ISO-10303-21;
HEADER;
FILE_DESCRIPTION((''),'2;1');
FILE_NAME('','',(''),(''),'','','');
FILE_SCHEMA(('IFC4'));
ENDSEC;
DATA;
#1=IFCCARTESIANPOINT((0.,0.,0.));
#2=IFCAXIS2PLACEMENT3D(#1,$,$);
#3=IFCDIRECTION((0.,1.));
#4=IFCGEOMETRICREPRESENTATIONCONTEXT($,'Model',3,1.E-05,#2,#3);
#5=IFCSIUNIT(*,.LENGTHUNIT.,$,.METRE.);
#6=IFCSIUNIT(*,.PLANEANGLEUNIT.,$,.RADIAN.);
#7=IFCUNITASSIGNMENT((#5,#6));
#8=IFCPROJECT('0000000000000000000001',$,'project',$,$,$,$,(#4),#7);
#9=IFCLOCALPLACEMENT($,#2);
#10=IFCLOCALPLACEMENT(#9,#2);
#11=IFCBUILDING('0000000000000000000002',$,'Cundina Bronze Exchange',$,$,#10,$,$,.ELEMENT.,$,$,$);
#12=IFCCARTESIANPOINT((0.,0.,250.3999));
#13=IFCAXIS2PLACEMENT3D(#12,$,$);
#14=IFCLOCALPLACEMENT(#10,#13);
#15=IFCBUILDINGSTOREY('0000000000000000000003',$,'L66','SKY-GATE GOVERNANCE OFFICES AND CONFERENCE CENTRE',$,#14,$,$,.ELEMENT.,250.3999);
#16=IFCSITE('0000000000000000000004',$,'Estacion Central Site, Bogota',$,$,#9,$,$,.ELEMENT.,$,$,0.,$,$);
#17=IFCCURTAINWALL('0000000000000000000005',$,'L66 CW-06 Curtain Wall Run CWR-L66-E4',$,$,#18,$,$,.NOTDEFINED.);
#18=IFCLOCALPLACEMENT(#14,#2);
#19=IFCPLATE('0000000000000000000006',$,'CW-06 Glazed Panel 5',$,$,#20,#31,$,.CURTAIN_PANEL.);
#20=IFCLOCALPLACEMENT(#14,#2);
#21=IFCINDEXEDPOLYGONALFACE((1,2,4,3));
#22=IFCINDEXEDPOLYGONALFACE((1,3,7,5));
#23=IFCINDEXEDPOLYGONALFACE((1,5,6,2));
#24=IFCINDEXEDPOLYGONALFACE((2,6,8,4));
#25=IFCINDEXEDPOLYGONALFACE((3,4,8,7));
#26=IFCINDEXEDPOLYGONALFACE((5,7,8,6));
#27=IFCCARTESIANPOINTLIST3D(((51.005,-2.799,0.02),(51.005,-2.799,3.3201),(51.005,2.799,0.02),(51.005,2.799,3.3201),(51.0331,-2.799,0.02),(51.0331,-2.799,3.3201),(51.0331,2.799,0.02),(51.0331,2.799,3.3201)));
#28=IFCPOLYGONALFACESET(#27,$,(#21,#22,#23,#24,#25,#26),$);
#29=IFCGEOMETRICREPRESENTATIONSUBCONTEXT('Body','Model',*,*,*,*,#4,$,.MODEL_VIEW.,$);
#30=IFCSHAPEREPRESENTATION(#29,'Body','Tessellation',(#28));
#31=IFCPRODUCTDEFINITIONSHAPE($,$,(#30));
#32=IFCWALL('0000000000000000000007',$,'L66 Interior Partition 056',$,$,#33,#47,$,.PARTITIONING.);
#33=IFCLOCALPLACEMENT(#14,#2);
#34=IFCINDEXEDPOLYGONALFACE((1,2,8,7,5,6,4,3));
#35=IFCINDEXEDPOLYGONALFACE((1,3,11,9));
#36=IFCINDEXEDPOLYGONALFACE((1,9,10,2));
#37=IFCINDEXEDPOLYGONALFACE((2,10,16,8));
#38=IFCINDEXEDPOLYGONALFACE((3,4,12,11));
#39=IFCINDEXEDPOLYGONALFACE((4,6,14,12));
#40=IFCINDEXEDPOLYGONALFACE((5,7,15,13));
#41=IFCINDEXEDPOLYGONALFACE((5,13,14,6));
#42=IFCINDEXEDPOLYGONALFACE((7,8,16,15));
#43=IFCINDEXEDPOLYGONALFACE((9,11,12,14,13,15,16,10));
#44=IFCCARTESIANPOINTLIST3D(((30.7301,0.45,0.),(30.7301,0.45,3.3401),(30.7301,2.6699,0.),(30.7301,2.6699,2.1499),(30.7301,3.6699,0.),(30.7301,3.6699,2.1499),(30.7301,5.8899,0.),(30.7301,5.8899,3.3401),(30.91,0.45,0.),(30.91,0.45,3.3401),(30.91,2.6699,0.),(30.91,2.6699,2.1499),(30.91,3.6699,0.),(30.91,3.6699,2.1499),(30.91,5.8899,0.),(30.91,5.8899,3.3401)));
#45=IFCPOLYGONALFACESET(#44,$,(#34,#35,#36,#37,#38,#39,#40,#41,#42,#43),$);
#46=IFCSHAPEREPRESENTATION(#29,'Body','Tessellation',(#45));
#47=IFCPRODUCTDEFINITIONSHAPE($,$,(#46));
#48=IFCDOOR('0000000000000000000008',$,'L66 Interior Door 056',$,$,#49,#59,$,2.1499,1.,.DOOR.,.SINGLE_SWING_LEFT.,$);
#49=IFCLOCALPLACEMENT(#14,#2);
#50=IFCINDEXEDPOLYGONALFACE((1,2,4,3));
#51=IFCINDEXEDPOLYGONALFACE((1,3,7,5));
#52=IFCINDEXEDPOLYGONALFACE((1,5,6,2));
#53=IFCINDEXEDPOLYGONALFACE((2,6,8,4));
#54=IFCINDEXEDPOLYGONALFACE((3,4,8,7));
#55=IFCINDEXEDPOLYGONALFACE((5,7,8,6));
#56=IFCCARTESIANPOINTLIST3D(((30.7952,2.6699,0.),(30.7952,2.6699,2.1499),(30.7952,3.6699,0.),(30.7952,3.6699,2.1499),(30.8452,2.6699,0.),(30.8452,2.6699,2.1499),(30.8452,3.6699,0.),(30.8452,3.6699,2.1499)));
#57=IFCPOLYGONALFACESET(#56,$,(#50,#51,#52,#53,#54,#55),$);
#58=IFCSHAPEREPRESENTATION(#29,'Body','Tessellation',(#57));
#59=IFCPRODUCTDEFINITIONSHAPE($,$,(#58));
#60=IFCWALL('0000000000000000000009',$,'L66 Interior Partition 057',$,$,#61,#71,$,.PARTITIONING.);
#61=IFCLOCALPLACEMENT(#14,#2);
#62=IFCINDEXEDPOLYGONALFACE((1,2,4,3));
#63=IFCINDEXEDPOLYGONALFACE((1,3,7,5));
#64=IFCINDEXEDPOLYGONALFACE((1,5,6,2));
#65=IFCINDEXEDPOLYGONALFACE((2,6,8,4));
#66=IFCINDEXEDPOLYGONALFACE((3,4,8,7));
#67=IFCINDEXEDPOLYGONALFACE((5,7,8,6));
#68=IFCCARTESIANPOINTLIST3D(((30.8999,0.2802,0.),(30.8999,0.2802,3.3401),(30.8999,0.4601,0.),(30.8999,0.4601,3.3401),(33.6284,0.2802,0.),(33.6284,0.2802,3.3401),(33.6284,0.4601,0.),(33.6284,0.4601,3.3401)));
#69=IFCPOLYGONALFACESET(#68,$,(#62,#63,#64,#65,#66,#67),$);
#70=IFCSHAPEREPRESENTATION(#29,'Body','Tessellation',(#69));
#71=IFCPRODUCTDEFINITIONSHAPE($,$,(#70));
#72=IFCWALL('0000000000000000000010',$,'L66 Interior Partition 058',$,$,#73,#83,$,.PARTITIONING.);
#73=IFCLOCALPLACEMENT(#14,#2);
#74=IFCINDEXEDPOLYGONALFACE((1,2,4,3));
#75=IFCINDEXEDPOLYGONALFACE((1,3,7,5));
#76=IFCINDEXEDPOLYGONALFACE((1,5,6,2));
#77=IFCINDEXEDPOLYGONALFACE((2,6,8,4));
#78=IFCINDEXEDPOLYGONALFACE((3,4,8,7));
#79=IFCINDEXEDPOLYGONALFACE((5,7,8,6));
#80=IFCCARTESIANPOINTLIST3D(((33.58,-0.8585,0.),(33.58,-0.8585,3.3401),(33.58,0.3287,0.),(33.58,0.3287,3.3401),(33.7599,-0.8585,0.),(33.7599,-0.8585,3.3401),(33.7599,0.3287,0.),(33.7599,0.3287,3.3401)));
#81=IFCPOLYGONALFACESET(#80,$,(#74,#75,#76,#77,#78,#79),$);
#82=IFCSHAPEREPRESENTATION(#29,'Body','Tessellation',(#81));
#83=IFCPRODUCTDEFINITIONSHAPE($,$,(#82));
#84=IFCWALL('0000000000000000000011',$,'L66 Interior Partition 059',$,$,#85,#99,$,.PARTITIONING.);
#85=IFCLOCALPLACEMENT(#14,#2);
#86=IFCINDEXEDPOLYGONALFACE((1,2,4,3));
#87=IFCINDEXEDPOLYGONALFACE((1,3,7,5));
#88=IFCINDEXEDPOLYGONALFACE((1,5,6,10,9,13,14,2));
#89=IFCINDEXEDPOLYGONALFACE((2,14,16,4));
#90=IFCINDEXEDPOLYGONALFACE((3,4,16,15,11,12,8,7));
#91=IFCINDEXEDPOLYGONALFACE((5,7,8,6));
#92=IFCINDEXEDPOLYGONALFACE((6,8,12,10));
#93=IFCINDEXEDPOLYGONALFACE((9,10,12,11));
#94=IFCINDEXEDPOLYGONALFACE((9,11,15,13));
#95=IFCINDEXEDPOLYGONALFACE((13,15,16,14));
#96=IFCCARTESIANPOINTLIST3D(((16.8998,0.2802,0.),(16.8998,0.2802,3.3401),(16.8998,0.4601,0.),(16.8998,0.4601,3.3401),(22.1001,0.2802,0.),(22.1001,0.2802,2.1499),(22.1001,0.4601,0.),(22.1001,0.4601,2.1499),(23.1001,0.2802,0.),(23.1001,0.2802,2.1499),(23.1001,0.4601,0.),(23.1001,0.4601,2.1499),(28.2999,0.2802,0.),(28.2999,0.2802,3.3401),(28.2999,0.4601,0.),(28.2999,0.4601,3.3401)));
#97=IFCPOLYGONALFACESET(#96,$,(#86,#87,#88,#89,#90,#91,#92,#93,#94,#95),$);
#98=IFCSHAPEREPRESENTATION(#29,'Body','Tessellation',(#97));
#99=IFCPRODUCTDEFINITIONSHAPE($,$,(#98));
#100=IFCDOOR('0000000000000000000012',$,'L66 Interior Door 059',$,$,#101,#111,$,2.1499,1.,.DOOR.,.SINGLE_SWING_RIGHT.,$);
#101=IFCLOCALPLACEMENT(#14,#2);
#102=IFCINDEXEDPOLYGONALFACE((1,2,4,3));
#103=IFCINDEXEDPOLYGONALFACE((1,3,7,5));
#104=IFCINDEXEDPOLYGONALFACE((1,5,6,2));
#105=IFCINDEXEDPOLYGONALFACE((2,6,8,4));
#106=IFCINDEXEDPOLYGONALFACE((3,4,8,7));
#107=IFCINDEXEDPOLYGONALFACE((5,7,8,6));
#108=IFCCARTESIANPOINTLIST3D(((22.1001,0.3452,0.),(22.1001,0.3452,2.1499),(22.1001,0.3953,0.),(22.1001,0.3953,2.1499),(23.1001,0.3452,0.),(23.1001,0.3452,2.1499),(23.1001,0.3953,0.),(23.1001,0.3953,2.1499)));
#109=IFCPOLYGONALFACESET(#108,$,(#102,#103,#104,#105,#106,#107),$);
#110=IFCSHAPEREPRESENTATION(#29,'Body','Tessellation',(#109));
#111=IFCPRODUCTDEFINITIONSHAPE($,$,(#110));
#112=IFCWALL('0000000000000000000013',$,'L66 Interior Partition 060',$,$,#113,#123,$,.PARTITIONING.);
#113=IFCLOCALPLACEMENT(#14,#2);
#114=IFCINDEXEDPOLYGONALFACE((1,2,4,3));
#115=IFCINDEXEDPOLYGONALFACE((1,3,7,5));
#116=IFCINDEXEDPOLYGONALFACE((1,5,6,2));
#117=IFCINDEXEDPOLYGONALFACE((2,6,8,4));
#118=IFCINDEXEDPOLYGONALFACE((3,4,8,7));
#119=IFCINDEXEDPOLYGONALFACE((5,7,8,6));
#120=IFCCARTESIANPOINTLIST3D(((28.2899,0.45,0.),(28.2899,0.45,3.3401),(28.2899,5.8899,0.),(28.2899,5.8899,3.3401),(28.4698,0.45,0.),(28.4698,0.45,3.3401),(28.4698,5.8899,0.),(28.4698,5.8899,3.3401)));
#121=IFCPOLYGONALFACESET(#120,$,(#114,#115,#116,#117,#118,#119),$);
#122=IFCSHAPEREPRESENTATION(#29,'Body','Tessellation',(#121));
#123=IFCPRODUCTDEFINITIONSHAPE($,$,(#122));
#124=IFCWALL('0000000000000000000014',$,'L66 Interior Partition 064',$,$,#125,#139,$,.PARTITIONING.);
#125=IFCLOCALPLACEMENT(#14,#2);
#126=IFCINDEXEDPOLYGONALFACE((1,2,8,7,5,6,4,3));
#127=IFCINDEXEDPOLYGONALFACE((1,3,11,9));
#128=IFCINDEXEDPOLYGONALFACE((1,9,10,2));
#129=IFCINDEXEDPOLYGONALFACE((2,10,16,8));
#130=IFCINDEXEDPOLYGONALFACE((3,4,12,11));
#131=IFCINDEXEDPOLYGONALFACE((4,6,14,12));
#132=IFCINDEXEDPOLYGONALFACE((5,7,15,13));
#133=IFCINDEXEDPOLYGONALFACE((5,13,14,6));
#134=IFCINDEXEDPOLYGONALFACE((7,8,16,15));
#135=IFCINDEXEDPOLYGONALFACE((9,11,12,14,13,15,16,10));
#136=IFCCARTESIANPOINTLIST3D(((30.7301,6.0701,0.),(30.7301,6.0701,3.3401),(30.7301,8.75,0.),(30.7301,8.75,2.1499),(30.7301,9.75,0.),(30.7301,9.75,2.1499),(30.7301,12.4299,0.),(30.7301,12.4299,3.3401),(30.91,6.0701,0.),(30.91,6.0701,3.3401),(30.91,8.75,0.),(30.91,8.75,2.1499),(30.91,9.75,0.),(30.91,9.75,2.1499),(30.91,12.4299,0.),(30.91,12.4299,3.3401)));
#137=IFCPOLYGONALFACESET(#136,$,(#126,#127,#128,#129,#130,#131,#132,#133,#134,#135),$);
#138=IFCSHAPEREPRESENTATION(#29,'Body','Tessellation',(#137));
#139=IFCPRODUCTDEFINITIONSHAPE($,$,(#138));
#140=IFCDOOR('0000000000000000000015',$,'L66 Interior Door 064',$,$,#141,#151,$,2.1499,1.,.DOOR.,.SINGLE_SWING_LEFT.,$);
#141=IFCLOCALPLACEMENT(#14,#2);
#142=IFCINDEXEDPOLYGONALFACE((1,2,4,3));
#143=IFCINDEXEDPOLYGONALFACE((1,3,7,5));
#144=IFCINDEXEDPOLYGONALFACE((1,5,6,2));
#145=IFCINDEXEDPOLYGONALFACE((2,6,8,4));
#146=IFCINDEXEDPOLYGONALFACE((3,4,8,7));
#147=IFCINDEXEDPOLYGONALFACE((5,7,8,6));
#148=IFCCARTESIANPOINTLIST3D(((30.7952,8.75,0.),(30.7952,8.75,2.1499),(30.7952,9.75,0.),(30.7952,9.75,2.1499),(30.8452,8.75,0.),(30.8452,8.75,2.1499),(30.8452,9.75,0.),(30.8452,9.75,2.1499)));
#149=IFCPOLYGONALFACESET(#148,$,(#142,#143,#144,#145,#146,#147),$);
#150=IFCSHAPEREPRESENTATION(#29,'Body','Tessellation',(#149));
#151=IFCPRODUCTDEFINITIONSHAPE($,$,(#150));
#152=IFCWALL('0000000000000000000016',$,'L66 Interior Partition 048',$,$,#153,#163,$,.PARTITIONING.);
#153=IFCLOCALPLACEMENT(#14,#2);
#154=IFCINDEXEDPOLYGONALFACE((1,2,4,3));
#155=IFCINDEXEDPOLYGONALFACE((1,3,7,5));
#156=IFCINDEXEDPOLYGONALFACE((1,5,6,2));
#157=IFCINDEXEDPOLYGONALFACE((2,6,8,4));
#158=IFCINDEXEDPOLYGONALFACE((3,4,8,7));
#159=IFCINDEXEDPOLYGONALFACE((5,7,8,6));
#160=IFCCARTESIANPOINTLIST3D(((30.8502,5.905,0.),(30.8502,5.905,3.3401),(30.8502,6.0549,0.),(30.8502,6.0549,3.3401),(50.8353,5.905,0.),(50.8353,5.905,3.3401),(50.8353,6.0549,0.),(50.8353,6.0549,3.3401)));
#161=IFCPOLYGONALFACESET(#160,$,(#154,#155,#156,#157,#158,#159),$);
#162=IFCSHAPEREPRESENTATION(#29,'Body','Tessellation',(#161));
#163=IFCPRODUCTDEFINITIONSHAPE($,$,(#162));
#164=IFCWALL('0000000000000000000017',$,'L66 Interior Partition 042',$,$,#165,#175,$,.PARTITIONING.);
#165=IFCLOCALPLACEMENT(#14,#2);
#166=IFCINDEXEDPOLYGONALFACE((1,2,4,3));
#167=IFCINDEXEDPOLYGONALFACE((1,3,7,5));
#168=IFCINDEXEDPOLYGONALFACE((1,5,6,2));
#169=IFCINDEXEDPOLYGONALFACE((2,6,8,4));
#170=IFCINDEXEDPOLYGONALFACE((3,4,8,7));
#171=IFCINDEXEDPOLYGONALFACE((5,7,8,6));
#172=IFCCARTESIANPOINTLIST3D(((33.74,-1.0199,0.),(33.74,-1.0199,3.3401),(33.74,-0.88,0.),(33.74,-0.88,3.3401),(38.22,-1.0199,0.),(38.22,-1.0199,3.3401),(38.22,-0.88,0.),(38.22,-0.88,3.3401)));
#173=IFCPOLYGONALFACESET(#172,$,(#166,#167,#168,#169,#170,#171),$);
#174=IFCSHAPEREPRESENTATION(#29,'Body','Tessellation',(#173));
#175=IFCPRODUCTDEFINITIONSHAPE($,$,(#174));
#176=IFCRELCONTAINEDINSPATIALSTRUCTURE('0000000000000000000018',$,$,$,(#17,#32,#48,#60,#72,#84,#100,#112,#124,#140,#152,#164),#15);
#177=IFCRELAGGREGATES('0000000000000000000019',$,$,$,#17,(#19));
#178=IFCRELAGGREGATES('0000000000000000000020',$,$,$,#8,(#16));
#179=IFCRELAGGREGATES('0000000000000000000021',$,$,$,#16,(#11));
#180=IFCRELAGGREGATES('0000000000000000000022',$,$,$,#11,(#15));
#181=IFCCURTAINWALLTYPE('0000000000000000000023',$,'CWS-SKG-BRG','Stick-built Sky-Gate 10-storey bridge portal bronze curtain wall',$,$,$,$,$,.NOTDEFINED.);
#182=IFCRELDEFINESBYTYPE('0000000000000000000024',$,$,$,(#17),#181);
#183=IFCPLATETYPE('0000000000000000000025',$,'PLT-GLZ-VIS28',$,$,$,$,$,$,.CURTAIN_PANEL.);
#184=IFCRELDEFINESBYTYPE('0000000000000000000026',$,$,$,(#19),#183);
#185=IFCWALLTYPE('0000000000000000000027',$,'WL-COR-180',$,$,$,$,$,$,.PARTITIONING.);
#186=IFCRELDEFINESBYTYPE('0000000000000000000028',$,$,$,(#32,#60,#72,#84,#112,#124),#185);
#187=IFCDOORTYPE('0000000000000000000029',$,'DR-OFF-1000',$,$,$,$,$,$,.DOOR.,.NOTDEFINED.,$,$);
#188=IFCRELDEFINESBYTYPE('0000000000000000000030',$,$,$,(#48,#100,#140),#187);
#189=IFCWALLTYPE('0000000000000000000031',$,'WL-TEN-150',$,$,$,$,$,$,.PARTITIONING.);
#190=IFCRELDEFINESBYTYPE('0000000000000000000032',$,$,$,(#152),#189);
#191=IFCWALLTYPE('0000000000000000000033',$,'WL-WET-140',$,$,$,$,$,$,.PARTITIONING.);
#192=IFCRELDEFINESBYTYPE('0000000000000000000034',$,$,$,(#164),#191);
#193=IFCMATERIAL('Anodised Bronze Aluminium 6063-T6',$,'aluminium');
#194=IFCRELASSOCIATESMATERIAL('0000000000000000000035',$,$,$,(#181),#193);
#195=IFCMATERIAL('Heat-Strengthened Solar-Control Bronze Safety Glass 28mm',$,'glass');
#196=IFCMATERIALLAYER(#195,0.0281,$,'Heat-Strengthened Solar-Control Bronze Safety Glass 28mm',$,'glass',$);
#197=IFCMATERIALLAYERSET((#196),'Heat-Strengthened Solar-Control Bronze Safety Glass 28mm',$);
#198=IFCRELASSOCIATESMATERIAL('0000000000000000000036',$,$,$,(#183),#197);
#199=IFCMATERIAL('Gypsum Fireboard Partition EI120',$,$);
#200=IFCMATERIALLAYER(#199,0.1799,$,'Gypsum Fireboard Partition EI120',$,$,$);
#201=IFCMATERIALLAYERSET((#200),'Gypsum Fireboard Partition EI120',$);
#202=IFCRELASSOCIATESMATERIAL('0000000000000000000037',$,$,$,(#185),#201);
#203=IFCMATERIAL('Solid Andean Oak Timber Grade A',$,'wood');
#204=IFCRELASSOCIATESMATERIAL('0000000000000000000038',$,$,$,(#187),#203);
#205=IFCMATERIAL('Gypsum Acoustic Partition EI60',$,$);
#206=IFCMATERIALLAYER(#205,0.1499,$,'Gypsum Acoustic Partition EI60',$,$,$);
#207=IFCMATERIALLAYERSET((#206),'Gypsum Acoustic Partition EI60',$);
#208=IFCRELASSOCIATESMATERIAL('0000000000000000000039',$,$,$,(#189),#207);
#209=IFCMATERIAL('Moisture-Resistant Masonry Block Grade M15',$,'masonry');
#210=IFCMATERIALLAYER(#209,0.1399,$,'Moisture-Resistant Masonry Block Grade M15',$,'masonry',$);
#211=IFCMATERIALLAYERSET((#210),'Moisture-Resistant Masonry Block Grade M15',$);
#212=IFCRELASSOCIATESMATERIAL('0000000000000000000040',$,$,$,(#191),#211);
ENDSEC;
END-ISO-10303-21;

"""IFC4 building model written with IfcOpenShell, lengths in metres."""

from ifc_helpers import new_model, si_unit, direction, frame, frame_2d, origin, origin_2d, place, context, subcontext, project, spatial, rectangle, extrude, material, layer, layer_set, type_object, element, fill, aggregate, save


model = new_model("IFC4")

# Units and contexts
model_context = context("Model", 3, precision=1e-05, world=origin(), true_north=direction((0.0, 1.0)))
body_context = subcontext(model_context, "Body", "Model", "MODEL_VIEW")
ifc_project = project(units=[si_unit("LENGTHUNIT", "METRE"), si_unit("PLANEANGLEUNIT", "RADIAN")], contexts=[model_context])

# Site, building, storey
site_placement = place(None, origin())
site = spatial("IfcSite", under=ifc_project, at=site_placement, Name="Estacion Central Site, Bogota", CompositionType="ELEMENT", RefElevation=0.0)
building_placement = place(site_placement, origin())
building = spatial("IfcBuilding", under=site, at=building_placement, Name="Cundina Bronze Exchange", CompositionType="ELEMENT")
storey_placement = place(building_placement, frame((0.0, 0.0, 250.3999)))
storey = spatial("IfcBuildingStorey", under=building, at=storey_placement, Name="L66", Description="SKY-GATE GOVERNANCE OFFICES AND CONFERENCE CENTRE", CompositionType="ELEMENT", Elevation=250.3999)

# Curtain wall
ifc_material_1 = material(Name="Anodised Bronze Aluminium 6063-T6", Category="aluminium")
curtain_wall_type = type_object("IfcCurtainWallType", Name="CWS-SKG-BRG", Description="Stick-built Sky-Gate 10-storey bridge portal bronze curtain wall", PredefinedType="NOTDEFINED", material=ifc_material_1)
curtain_wall_1_placement = place(storey_placement, origin())
curtain_wall_1 = element("IfcCurtainWall", 1, at=curtain_wall_1_placement, inside=storey, type_object=curtain_wall_type, Name="L66 CW-06 Curtain Wall Run CWR-L66-E4", PredefinedType="NOTDEFINED")

# Plate
ifc_material_2 = material(Name="Heat-Strengthened Solar-Control Bronze Safety Glass 28mm", Category="glass")
ifc_layer_1 = layer(ifc_material_2, 0.0281, Name="Heat-Strengthened Solar-Control Bronze Safety Glass 28mm", Category="glass")
ifc_layer_set_1 = layer_set([ifc_layer_1], Name="Heat-Strengthened Solar-Control Bronze Safety Glass 28mm")
plate_type = type_object("IfcPlateType", Name="PLT-GLZ-VIS28", PredefinedType="CURTAIN_PANEL", material=ifc_layer_set_1)
plate_1_placement = place(storey_placement, frame((51.019, 0.0, 0.02), z_axis=(0.0, 0.0, 1.0), x_axis=(0.0, 1.0, 0.0)))
plate_1 = element("IfcPlate", 2, at=plate_1_placement, type_object=plate_type, Name="CW-06 Glazed Panel 5", PredefinedType="CURTAIN_PANEL", context=body_context, shape_type="SweptSolid", body=[
    extrude(rectangle(XDim=5.5979, YDim=0.0281, at=origin_2d()), origin(), (0.0, 0.0, 1.0), 3.3),
])
aggregate(curtain_wall_1, [plate_1])

# Wall, opening, door
ifc_material_3 = material(Name="Gypsum Fireboard Partition EI120")
ifc_layer_2 = layer(ifc_material_3, 0.1799, Name="Gypsum Fireboard Partition EI120")
ifc_layer_set_2 = layer_set([ifc_layer_2], Name="Gypsum Fireboard Partition EI120")
wall_type_1 = type_object("IfcWallType", Name="WL-COR-180", PredefinedType="PARTITIONING", material=ifc_layer_set_2)
wall_1_placement = place(storey_placement, frame((30.8201, 0.45, 0.0), z_axis=(0.0, 0.0, 1.0), x_axis=(0.0, 1.0, 0.0)))
wall_1 = element("IfcWall", 3, at=wall_1_placement, inside=storey, type_object=wall_type_1, Name="L66 Interior Partition 056", PredefinedType="PARTITIONING", context=body_context, shape_type="SweptSolid", body=[
    extrude(rectangle(XDim=5.4399, YDim=0.1799, at=frame_2d((2.72, 0.0))), origin(), (0.0, 0.0, 1.0), 3.3401),
])
opening_1_placement = place(wall_1_placement, frame((2.22, 0.0, 0.0)))
opening_1 = element("IfcOpeningElement", 4, at=opening_1_placement, cuts=wall_1, PredefinedType="OPENING", context=body_context, shape_type="SweptSolid", body=[
    extrude(rectangle(XDim=1.0, YDim=2.1499, at=frame_2d((0.5, 1.075))), frame((0.0, 0.0999, 0.0), z_axis=(0.0, -1.0, 0.0), x_axis=(1.0, 0.0, 0.0)), (0.0, 0.0, 1.0), 0.2),
])
ifc_material_4 = material(Name="Solid Andean Oak Timber Grade A", Category="wood")
door_type = type_object("IfcDoorType", Name="DR-OFF-1000", OperationType="NOTDEFINED", PredefinedType="DOOR", material=ifc_material_4)
door_1_placement = place(opening_1_placement, origin())
door_1 = element("IfcDoor", 5, at=door_1_placement, inside=storey, type_object=door_type, Name="L66 Interior Door 056", OperationType="SINGLE_SWING_LEFT", OverallHeight=2.1499, OverallWidth=1.0, PredefinedType="DOOR", context=body_context, shape_type="SweptSolid", body=[
    extrude(rectangle(XDim=1.0, YDim=2.1499, at=frame_2d((0.5, 1.075))), frame((0.0, 0.0249, 0.0), z_axis=(0.0, -1.0, 0.0), x_axis=(1.0, 0.0, 0.0)), (0.0, 0.0, 1.0), 0.05),
])
fill(opening_1, door_1)

# Walls
wall_2_placement = place(storey_placement, frame((33.6284, 0.3701, 0.0), z_axis=(0.0, 0.0, 1.0), x_axis=(-1.0, 0.0, 0.0)))
element("IfcWall", 6, at=wall_2_placement, inside=storey, type_object=wall_type_1, Name="L66 Interior Partition 057", PredefinedType="PARTITIONING", context=body_context, shape_type="SweptSolid", body=[
    extrude(rectangle(XDim=2.7285, YDim=0.1799, at=frame_2d((1.3643, 0.0))), origin(), (0.0, 0.0, 1.0), 3.3401),
])
wall_3_placement = place(storey_placement, frame((33.6699, -0.8586, 0.0), z_axis=(0.0, 0.0, 1.0), x_axis=(0.0, 1.0, 0.0)))
element("IfcWall", 7, at=wall_3_placement, inside=storey, type_object=wall_type_1, Name="L66 Interior Partition 058", PredefinedType="PARTITIONING", context=body_context, shape_type="SweptSolid", body=[
    extrude(rectangle(XDim=1.1873, YDim=0.1799, at=frame_2d((0.5938, 0.0))), origin(), (0.0, 0.0, 1.0), 3.3401),
])

# Wall, opening, door
wall_4_placement = place(storey_placement, frame((28.3, 0.3701, 0.0), z_axis=(0.0, 0.0, 1.0), x_axis=(-1.0, 0.0, 0.0)))
wall_4 = element("IfcWall", 8, at=wall_4_placement, inside=storey, type_object=wall_type_1, Name="L66 Interior Partition 059", PredefinedType="PARTITIONING", context=body_context, shape_type="SweptSolid", body=[
    extrude(rectangle(XDim=11.4001, YDim=0.1799, at=frame_2d((5.7002, 0.0))), origin(), (0.0, 0.0, 1.0), 3.3401),
])
opening_2_placement = place(wall_4_placement, frame((5.2, 0.0, 0.0)))
opening_2 = element("IfcOpeningElement", 9, at=opening_2_placement, cuts=wall_4, PredefinedType="OPENING", context=body_context, shape_type="SweptSolid", body=[
    extrude(rectangle(XDim=1.0, YDim=2.1499, at=frame_2d((0.5, 1.075))), frame((0.0, 0.0999, 0.0), z_axis=(0.0, -1.0, 0.0), x_axis=(1.0, 0.0, 0.0)), (0.0, 0.0, 1.0), 0.2),
])
door_2_placement = place(opening_2_placement, origin())
door_2 = element("IfcDoor", 10, at=door_2_placement, inside=storey, type_object=door_type, Name="L66 Interior Door 059", OperationType="SINGLE_SWING_RIGHT", OverallHeight=2.1499, OverallWidth=1.0, PredefinedType="DOOR", context=body_context, shape_type="SweptSolid", body=[
    extrude(rectangle(XDim=1.0, YDim=2.1499, at=frame_2d((0.5, 1.075))), frame((0.0, 0.0249, 0.0), z_axis=(0.0, -1.0, 0.0), x_axis=(1.0, 0.0, 0.0)), (0.0, 0.0, 1.0), 0.05),
])
fill(opening_2, door_2)

# Wall
wall_5_placement = place(storey_placement, frame((28.3799, 5.8899, 0.0), z_axis=(0.0, 0.0, 1.0), x_axis=(0.0, -1.0, 0.0)))
element("IfcWall", 11, at=wall_5_placement, inside=storey, type_object=wall_type_1, Name="L66 Interior Partition 060", PredefinedType="PARTITIONING", context=body_context, shape_type="SweptSolid", body=[
    extrude(rectangle(XDim=5.4399, YDim=0.1799, at=frame_2d((2.72, 0.0))), origin(), (0.0, 0.0, 1.0), 3.3401),
])

# Wall, opening, door
wall_6_placement = place(storey_placement, frame((30.8201, 6.0701, 0.0), z_axis=(0.0, 0.0, 1.0), x_axis=(0.0, 1.0, 0.0)))
wall_6 = element("IfcWall", 12, at=wall_6_placement, inside=storey, type_object=wall_type_1, Name="L66 Interior Partition 064", PredefinedType="PARTITIONING", context=body_context, shape_type="SweptSolid", body=[
    extrude(rectangle(XDim=6.3599, YDim=0.1799, at=frame_2d((3.1799, 0.0))), origin(), (0.0, 0.0, 1.0), 3.3401),
])
opening_3_placement = place(wall_6_placement, frame((2.6799, 0.0, 0.0)))
opening_3 = element("IfcOpeningElement", 13, at=opening_3_placement, cuts=wall_6, PredefinedType="OPENING", context=body_context, shape_type="SweptSolid", body=[
    extrude(rectangle(XDim=1.0, YDim=2.1499, at=frame_2d((0.5, 1.075))), frame((0.0, 0.0999, 0.0), z_axis=(0.0, -1.0, 0.0), x_axis=(1.0, 0.0, 0.0)), (0.0, 0.0, 1.0), 0.2),
])
door_3_placement = place(opening_3_placement, origin())
door_3 = element("IfcDoor", 14, at=door_3_placement, inside=storey, type_object=door_type, Name="L66 Interior Door 064", OperationType="SINGLE_SWING_LEFT", OverallHeight=2.1499, OverallWidth=1.0, PredefinedType="DOOR", context=body_context, shape_type="SweptSolid", body=[
    extrude(rectangle(XDim=1.0, YDim=2.1499, at=frame_2d((0.5, 1.075))), frame((0.0, 0.0249, 0.0), z_axis=(0.0, -1.0, 0.0), x_axis=(1.0, 0.0, 0.0)), (0.0, 0.0, 1.0), 0.05),
])
fill(opening_3, door_3)

# Walls
ifc_material_5 = material(Name="Gypsum Acoustic Partition EI60")
ifc_layer_3 = layer(ifc_material_5, 0.1499, Name="Gypsum Acoustic Partition EI60")
ifc_layer_set_3 = layer_set([ifc_layer_3], Name="Gypsum Acoustic Partition EI60")
wall_type_2 = type_object("IfcWallType", Name="WL-TEN-150", PredefinedType="PARTITIONING", material=ifc_layer_set_3)
wall_7_placement = place(storey_placement, frame((30.8501, 5.98, 0.0), z_axis=(0.0, 0.0, 1.0), x_axis=(1.0, 0.0, 0.0)))
element("IfcWall", 15, at=wall_7_placement, inside=storey, type_object=wall_type_2, Name="L66 Interior Partition 048", PredefinedType="PARTITIONING", context=body_context, shape_type="SweptSolid", body=[
    extrude(rectangle(XDim=19.9851, YDim=0.1499, at=frame_2d((9.9927, 0.0))), origin(), (0.0, 0.0, 1.0), 3.3401),
])
ifc_material_6 = material(Name="Moisture-Resistant Masonry Block Grade M15", Category="masonry")
ifc_layer_4 = layer(ifc_material_6, 0.1399, Name="Moisture-Resistant Masonry Block Grade M15", Category="masonry")
ifc_layer_set_4 = layer_set([ifc_layer_4], Name="Moisture-Resistant Masonry Block Grade M15")
wall_type_3 = type_object("IfcWallType", Name="WL-WET-140", PredefinedType="PARTITIONING", material=ifc_layer_set_4)
wall_8_placement = place(storey_placement, frame((33.74, -0.95, 0.0), z_axis=(0.0, 0.0, 1.0), x_axis=(1.0, 0.0, 0.0)))
element("IfcWall", 16, at=wall_8_placement, inside=storey, type_object=wall_type_3, Name="L66 Interior Partition 042", PredefinedType="PARTITIONING", context=body_context, shape_type="SweptSolid", body=[
    extrude(rectangle(XDim=4.48, YDim=0.1399, at=frame_2d((2.24, 0.0))), origin(), (0.0, 0.0, 1.0), 3.3401),
])

save(model, "model.ifc")
